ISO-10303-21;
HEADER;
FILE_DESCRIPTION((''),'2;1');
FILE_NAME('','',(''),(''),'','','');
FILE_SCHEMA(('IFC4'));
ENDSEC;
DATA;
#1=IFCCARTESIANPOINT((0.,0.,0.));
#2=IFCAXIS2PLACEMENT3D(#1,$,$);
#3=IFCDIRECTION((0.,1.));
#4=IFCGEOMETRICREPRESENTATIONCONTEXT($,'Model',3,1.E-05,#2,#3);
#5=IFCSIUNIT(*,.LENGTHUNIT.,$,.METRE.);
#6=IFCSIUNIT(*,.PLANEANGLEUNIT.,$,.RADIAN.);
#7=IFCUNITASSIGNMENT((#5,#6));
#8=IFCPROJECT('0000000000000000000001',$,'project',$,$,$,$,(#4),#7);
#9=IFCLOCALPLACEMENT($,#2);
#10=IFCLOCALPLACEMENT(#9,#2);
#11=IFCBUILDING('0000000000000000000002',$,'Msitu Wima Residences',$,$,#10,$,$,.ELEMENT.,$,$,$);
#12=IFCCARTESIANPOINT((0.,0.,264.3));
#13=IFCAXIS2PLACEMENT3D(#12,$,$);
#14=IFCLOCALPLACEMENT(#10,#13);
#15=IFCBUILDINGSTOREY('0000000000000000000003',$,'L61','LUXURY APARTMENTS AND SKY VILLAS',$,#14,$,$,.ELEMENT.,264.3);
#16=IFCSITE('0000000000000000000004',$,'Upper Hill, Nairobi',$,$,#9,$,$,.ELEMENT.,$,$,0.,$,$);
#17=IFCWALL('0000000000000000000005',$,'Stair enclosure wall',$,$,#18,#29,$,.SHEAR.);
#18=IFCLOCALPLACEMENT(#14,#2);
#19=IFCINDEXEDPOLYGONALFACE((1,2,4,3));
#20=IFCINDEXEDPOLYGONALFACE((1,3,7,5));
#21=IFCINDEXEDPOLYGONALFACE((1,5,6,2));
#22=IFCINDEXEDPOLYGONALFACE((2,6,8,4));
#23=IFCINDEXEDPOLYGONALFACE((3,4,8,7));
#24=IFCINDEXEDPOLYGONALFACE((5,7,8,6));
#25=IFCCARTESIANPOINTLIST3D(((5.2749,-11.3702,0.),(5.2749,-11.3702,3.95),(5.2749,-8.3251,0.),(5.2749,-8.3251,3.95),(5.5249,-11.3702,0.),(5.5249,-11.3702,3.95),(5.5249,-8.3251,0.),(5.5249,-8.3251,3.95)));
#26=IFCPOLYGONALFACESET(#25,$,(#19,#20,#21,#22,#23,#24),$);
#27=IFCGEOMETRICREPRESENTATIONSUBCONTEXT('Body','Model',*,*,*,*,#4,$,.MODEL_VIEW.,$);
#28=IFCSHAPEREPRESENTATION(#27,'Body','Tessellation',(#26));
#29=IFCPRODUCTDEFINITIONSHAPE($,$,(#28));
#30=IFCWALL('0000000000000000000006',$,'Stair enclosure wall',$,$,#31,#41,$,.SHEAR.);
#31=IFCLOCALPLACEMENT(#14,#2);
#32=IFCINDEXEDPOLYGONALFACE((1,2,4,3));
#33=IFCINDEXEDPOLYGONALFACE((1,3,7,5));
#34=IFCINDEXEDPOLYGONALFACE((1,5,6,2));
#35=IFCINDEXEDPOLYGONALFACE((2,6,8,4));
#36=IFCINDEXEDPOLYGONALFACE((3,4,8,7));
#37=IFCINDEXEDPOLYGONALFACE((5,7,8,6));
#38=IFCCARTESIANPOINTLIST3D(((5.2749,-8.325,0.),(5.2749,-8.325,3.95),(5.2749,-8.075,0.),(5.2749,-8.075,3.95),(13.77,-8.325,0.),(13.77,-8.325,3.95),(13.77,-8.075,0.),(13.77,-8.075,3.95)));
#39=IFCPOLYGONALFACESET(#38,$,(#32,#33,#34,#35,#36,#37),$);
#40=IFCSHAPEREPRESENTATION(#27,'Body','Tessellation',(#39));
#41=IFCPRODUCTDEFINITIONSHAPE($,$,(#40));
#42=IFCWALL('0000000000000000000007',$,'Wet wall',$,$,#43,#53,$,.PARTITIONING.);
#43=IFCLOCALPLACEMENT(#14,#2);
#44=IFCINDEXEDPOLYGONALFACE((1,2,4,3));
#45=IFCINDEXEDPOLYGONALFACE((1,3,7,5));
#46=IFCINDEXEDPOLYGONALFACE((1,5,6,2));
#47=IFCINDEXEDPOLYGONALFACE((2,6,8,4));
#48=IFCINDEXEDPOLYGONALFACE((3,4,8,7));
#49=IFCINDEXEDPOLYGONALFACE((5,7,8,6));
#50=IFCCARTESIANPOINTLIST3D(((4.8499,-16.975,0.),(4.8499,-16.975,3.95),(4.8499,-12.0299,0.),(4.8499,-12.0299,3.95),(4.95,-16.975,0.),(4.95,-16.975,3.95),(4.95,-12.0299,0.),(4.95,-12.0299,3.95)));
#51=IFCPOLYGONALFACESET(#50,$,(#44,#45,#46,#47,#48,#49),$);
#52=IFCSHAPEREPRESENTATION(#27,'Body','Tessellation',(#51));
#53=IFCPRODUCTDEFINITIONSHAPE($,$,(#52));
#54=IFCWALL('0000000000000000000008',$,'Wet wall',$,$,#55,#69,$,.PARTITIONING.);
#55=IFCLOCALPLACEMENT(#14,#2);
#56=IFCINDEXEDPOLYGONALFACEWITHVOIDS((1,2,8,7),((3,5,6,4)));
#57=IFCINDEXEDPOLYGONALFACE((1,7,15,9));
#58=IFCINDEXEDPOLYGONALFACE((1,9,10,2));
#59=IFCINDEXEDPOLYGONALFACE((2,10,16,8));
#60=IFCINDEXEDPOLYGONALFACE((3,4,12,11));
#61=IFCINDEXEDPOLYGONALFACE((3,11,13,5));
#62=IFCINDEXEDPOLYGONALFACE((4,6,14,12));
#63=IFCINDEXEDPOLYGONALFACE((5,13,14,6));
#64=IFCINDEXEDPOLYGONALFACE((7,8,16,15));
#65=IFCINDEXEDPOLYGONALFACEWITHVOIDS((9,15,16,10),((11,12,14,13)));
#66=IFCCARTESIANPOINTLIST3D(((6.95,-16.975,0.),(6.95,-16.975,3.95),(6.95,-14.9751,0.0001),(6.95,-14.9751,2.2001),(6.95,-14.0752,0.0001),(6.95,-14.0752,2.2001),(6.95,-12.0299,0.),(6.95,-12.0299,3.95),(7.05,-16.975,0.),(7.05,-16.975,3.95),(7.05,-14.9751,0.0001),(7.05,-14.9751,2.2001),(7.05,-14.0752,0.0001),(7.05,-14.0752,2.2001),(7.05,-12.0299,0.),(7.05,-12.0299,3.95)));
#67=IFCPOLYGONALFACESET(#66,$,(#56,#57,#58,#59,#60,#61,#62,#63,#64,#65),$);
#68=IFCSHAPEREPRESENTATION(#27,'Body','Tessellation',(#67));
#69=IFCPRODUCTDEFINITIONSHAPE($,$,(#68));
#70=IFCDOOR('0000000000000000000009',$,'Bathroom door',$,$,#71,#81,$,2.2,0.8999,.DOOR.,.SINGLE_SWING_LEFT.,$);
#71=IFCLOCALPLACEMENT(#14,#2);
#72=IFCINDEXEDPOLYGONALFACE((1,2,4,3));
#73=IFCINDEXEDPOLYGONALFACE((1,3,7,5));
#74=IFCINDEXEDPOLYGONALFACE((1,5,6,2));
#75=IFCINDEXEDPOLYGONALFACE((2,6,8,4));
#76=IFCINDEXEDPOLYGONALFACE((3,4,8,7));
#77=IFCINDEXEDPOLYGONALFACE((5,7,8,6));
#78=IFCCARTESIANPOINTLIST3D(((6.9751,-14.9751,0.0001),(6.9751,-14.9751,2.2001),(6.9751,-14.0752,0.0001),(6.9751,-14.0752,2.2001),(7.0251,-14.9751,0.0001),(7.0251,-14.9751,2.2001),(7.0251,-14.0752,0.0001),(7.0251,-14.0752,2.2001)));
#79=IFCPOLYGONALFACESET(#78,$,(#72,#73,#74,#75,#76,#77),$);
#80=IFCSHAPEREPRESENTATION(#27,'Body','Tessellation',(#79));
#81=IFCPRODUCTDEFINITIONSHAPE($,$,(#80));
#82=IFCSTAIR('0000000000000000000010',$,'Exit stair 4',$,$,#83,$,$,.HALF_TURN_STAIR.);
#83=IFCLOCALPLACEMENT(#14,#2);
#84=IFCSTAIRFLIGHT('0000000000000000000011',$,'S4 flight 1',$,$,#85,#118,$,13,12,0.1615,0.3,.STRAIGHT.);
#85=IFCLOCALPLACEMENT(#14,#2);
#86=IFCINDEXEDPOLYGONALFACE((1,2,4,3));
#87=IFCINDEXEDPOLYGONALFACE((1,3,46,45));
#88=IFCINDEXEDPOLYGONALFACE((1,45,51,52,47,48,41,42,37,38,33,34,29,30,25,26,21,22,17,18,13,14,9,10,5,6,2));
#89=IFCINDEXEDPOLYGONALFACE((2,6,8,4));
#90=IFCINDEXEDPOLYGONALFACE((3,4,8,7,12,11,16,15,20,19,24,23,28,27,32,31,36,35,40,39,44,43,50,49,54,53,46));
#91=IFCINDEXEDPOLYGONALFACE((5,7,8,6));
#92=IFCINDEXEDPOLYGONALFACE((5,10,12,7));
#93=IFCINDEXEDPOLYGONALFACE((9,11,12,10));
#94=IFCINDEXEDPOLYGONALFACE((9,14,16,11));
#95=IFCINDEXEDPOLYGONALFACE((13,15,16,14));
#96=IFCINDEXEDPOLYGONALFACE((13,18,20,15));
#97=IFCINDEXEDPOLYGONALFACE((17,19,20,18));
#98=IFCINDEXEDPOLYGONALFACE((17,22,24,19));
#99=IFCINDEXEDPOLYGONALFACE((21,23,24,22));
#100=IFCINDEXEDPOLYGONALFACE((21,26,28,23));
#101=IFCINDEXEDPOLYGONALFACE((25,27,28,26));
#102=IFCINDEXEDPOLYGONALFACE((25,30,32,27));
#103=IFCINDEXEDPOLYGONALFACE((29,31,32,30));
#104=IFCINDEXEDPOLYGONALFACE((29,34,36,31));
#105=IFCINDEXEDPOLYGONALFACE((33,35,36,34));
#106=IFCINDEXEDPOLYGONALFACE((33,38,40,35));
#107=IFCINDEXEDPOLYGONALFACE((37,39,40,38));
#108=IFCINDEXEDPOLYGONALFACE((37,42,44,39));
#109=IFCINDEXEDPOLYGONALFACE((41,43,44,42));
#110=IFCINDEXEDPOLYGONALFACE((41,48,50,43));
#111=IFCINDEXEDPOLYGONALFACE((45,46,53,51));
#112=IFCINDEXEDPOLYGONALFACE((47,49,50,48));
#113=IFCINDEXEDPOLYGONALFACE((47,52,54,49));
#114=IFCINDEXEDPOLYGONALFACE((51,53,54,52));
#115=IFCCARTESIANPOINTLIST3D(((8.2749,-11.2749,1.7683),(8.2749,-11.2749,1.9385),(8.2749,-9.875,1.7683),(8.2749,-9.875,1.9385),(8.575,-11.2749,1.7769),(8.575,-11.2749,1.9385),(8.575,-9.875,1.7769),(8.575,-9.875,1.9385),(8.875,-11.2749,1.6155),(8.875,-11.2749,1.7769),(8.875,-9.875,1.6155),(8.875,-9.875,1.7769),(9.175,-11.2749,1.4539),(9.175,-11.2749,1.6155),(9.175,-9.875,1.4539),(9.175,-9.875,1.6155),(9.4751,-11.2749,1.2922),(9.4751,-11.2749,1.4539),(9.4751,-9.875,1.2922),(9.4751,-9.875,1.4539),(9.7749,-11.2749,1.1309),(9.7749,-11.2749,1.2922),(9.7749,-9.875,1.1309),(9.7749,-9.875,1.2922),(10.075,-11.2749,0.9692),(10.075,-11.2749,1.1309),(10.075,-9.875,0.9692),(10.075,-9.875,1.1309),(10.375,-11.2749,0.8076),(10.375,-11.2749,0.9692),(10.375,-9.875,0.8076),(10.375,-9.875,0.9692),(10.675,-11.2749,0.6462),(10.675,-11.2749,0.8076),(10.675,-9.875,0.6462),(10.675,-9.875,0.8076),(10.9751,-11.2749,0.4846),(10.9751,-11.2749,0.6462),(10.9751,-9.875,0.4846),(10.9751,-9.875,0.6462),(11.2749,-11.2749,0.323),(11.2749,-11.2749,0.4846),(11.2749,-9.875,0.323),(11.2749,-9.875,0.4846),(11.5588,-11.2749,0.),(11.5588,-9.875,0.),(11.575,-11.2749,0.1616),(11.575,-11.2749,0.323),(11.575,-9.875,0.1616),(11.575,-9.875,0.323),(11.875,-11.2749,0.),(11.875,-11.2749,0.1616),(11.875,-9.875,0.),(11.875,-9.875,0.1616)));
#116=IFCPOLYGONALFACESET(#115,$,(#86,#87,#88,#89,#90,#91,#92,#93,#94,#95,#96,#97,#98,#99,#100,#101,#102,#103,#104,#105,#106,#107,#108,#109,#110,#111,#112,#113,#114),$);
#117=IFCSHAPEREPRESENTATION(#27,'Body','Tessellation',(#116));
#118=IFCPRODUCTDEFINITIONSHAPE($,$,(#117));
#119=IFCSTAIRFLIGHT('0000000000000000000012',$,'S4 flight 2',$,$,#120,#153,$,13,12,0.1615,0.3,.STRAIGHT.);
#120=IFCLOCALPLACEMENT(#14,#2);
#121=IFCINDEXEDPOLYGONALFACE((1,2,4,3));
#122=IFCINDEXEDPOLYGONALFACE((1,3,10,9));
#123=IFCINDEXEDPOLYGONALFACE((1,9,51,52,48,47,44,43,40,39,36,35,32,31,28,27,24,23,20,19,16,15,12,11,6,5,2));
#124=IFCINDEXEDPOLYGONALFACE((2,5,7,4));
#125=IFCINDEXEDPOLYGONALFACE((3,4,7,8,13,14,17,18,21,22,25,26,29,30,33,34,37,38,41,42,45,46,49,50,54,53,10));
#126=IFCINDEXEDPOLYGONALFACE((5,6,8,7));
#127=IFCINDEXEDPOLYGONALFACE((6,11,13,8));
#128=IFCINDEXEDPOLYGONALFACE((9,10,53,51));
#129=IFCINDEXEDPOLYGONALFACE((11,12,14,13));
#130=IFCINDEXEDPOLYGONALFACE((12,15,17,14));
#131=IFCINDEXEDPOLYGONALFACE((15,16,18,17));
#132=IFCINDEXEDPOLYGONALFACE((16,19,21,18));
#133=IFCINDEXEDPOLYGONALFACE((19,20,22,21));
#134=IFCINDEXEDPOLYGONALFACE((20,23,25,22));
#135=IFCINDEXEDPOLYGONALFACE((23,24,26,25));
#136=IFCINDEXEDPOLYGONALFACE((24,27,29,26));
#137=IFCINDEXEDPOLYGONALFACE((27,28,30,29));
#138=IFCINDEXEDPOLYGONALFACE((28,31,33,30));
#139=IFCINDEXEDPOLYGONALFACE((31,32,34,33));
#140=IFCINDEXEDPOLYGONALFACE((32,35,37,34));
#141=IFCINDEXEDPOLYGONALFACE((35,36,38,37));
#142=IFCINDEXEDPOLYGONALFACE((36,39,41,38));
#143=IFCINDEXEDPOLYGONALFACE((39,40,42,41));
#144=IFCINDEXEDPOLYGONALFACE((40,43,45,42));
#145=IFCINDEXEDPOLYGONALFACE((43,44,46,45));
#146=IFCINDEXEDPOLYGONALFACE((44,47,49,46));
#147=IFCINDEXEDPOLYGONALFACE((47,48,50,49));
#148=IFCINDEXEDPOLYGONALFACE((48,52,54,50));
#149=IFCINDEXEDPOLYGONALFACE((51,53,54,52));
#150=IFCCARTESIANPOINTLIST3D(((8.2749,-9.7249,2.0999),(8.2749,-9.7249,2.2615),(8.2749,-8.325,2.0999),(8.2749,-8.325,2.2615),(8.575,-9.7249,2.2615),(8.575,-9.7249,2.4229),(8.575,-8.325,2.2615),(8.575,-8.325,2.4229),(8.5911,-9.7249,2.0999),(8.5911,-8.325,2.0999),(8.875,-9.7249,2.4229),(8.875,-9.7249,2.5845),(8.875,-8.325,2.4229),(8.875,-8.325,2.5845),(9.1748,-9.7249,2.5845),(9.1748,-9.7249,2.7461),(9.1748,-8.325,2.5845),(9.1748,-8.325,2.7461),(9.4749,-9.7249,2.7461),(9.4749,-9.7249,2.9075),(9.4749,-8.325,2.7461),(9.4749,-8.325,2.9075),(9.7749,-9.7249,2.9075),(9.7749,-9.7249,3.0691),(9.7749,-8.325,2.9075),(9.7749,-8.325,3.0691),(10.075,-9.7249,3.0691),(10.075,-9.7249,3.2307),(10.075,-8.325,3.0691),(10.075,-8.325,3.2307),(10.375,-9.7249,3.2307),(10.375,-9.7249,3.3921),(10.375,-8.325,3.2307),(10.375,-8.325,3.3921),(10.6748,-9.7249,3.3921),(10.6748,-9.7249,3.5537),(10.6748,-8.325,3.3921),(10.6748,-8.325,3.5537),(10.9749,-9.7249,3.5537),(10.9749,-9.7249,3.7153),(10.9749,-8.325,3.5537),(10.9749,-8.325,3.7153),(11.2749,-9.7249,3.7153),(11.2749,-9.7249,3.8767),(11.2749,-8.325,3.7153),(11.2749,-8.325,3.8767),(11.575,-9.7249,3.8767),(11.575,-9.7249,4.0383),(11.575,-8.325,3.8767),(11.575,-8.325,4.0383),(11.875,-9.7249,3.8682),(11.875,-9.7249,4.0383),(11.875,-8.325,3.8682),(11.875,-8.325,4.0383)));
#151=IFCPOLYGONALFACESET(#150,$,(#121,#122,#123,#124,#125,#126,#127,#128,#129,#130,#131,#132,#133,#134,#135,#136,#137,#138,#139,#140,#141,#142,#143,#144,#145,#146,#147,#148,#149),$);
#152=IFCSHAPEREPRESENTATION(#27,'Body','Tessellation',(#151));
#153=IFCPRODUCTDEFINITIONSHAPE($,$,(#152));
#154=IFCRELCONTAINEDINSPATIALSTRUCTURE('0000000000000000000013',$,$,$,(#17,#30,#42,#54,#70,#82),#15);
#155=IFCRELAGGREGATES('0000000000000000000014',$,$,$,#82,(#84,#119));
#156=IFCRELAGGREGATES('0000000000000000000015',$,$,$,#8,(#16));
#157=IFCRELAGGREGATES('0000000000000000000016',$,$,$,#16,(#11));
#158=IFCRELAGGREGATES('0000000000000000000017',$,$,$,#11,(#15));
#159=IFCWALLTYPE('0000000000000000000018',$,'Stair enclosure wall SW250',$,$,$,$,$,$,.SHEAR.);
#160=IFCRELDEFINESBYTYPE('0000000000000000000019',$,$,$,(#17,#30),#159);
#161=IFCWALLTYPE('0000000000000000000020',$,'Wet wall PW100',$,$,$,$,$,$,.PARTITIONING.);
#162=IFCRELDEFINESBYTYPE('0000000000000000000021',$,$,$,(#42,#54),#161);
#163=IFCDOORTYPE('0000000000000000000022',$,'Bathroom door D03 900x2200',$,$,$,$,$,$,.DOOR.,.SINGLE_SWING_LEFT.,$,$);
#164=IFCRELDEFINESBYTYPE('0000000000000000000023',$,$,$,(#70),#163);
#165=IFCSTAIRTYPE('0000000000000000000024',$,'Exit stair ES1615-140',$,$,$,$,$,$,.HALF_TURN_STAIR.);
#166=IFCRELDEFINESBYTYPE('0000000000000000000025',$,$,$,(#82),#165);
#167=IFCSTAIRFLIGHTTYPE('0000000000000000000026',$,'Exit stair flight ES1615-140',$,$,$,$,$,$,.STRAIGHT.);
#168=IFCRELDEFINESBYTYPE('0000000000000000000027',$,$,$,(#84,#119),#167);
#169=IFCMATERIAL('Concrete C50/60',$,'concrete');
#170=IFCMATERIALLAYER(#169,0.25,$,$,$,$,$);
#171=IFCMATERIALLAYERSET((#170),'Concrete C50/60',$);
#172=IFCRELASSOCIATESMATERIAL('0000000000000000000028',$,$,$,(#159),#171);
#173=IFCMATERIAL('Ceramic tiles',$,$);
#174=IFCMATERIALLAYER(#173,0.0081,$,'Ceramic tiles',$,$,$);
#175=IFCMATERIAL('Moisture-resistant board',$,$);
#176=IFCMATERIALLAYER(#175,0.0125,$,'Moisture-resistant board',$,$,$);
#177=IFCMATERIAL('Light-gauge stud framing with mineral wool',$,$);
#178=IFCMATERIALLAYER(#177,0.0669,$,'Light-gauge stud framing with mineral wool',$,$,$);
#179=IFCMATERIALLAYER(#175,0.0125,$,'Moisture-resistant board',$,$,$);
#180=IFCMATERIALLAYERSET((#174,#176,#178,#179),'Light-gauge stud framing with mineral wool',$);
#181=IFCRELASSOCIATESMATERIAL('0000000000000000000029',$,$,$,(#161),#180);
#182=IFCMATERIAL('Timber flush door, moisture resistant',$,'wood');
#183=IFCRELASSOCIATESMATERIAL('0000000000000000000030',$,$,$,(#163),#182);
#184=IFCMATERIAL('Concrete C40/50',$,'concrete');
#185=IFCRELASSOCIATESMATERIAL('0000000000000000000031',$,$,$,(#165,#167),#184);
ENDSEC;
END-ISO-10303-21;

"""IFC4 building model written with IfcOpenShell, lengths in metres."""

from ifc_helpers import new_model, si_unit, direction, frame, frame_2d, origin, place, context, subcontext, project, spatial, polyline, rectangle, outline, extrude, material, layer, layer_set, type_object, element, fill, aggregate, save


model = new_model("IFC4")

# Units and contexts
model_context = context("Model", 3, precision=1e-05, world=origin(), true_north=direction((0.0, 1.0)))
body_context = subcontext(model_context, "Body", "Model", "MODEL_VIEW")
ifc_project = project(units=[si_unit("LENGTHUNIT", "METRE"), si_unit("PLANEANGLEUNIT", "RADIAN")], contexts=[model_context])

# Site, building, storey
site_placement = place(None, origin())
site = spatial("IfcSite", under=ifc_project, at=site_placement, Name="Upper Hill, Nairobi", CompositionType="ELEMENT", RefElevation=0.0)
building_placement = place(site_placement, origin())
building = spatial("IfcBuilding", under=site, at=building_placement, Name="Msitu Wima Residences", CompositionType="ELEMENT")
storey_placement = place(building_placement, frame((0.0, 0.0, 264.3)))
storey = spatial("IfcBuildingStorey", under=building, at=storey_placement, Name="L61", Description="LUXURY APARTMENTS AND SKY VILLAS", CompositionType="ELEMENT", Elevation=264.3)

# Shared definitions
ifc_material_1 = material(Name="Concrete C40/50", Category="concrete")

# Walls
ifc_material_2 = material(Name="Light-gauge stud framing with mineral wool")
ifc_material_3 = material(Name="Concrete C50/60", Category="concrete")
ifc_layer_1 = layer(ifc_material_3, 0.25)
ifc_layer_set_1 = layer_set([ifc_layer_1], Name="Concrete C50/60")
wall_type_1 = type_object("IfcWallType", Name="Stair enclosure wall SW250", PredefinedType="SHEAR", material=ifc_layer_set_1)
wall_1_placement = place(storey_placement, frame((5.3999, -11.3701, 0.0), z_axis=(0.0, 0.0, 1.0), x_axis=(0.0, 1.0, 0.0)))
element("IfcWall", 1, at=wall_1_placement, inside=storey, type_object=wall_type_1, Name="Stair enclosure wall", PredefinedType="SHEAR", context=body_context, shape_type="SweptSolid", body=[
    extrude(rectangle(XDim=3.0452, YDim=0.25, at=frame_2d((1.5225, 0.0))), origin(), (0.0, 0.0, 1.0), 3.95),
])
wall_2_placement = place(storey_placement, frame((5.2749, -8.2, 0.0), z_axis=(0.0, 0.0, 1.0), x_axis=(1.0, 0.0, 0.0)))
element("IfcWall", 2, at=wall_2_placement, inside=storey, type_object=wall_type_1, Name="Stair enclosure wall", PredefinedType="SHEAR", context=body_context, shape_type="SweptSolid", body=[
    extrude(rectangle(XDim=8.4951, YDim=0.25, at=frame_2d((4.2476, 0.0))), origin(), (0.0, 0.0, 1.0), 3.95),
])
ifc_material_4 = material(Name="Ceramic tiles")
ifc_layer_2 = layer(ifc_material_4, 0.0081, Name="Ceramic tiles")
ifc_material_5 = material(Name="Moisture-resistant board")
ifc_layer_3 = layer(ifc_material_5, 0.0125, Name="Moisture-resistant board")
ifc_layer_4 = layer(ifc_material_2, 0.0669, Name="Light-gauge stud framing with mineral wool")
ifc_layer_5 = layer(ifc_material_5, 0.0125, Name="Moisture-resistant board")
ifc_layer_set_2 = layer_set([ifc_layer_2, ifc_layer_3, ifc_layer_4, ifc_layer_5], Name="Light-gauge stud framing with mineral wool")
wall_type_2 = type_object("IfcWallType", Name="Wet wall PW100", PredefinedType="PARTITIONING", material=ifc_layer_set_2)
wall_3_placement = place(storey_placement, frame((4.8999, -16.9751, 0.0), z_axis=(0.0, 0.0, 1.0), x_axis=(0.0, 1.0, 0.0)))
element("IfcWall", 3, at=wall_3_placement, inside=storey, type_object=wall_type_2, Name="Wet wall", PredefinedType="PARTITIONING", context=body_context, shape_type="SweptSolid", body=[
    extrude(rectangle(XDim=4.9451, YDim=0.1001, at=frame_2d((2.4727, 0.0))), origin(), (0.0, 0.0, 1.0), 3.95),
])

# Wall, opening, door
wall_4_placement = place(storey_placement, frame((7.0, -16.9751, 0.0), z_axis=(0.0, 0.0, 1.0), x_axis=(0.0, 1.0, 0.0)))
wall_4 = element("IfcWall", 4, at=wall_4_placement, inside=storey, type_object=wall_type_2, Name="Wet wall", PredefinedType="PARTITIONING", context=body_context, shape_type="SweptSolid", body=[
    extrude(rectangle(XDim=4.9451, YDim=0.1001, at=frame_2d((2.4727, 0.0))), origin(), (0.0, 0.0, 1.0), 3.95),
])
opening_1_placement = place(wall_4_placement, frame((2.0, 0.0, 0.0)))
opening_1 = element("IfcOpeningElement", 5, at=opening_1_placement, cuts=wall_4, PredefinedType="OPENING", context=body_context, shape_type="SweptSolid", body=[
    extrude(rectangle(XDim=0.8999, YDim=2.2, at=frame_2d((0.45, 1.1001))), frame((0.0, 0.0601, 0.0), z_axis=(0.0, -1.0, 0.0), x_axis=(1.0, 0.0, 0.0)), (0.0, 0.0, 1.0), 0.1201),
])
ifc_material_6 = material(Name="Timber flush door, moisture resistant", Category="wood")
door_type_1 = type_object("IfcDoorType", Name="Bathroom door D03 900x2200", OperationType="SINGLE_SWING_LEFT", PredefinedType="DOOR", material=ifc_material_6)
door_1_placement = place(opening_1_placement, origin())
door_1 = element("IfcDoor", 6, at=door_1_placement, inside=storey, type_object=door_type_1, Name="Bathroom door", OperationType="SINGLE_SWING_LEFT", OverallHeight=2.2, OverallWidth=0.8999, PredefinedType="DOOR", context=body_context, shape_type="SweptSolid", body=[
    extrude(rectangle(XDim=0.8999, YDim=2.2, at=frame_2d((0.45, 1.1001))), frame((0.0, 0.0249, 0.0), z_axis=(0.0, -1.0, 0.0), x_axis=(1.0, 0.0, 0.0)), (0.0, 0.0, 1.0), 0.05),
])
fill(opening_1, door_1)

# Stair, stair flights
stair_type = type_object("IfcStairType", Name="Exit stair ES1615-140", PredefinedType="HALF_TURN_STAIR", material=ifc_material_1)
stair_placement = place(storey_placement, origin())
stair = element("IfcStair", 7, at=stair_placement, inside=storey, type_object=stair_type, Name="Exit stair 4", PredefinedType="HALF_TURN_STAIR")
stair_flight_type = type_object("IfcStairFlightType", Name="Exit stair flight ES1615-140", PredefinedType="STRAIGHT", material=ifc_material_1)
stair_flight_1_placement = place(storey_placement, frame((11.875, -10.575, 0.0), z_axis=(0.0, 0.0, 1.0), x_axis=(-1.0, 0.0, 0.0)))
stair_flight_1 = element("IfcStairFlight", 8, at=stair_flight_1_placement, type_object=stair_flight_type, Name="S4 flight 1", NumberOfRisers=13, NumberOfTreads=12, PredefinedType="STRAIGHT", RiserHeight=0.1615, TreadLength=0.3, context=body_context, shape_type="SweptSolid", body=[
    extrude(outline(polyline([(0.0, 0.0), (0.0, 0.1616), (0.3, 0.1616), (0.3, 0.323), (0.6001, 0.323), (0.6001, 0.4846), (0.8999, 0.4846), (0.8999, 0.6462), (1.2, 0.6462), (1.2, 0.8076), (1.5, 0.8076), (1.5, 0.9692), (1.8, 0.9692), (1.8, 1.1309), (2.1001, 1.1309), (2.1001, 1.2922), (2.3999, 1.2922), (2.3999, 1.4539), (2.7, 1.4539), (2.7, 1.6155), (3.0, 1.6155), (3.0, 1.7769), (3.3, 1.7769), (3.3, 1.9385), (3.6001, 1.9385), (3.6001, 2.1001), (3.6001, 1.7683), (0.3162, 0.0), (0.0, 0.0)])), frame((0.0, 0.7, 0.0), z_axis=(0.0, -1.0, 0.0), x_axis=(1.0, 0.0, 0.0)), (0.0, 0.0, 1.0), 1.3999),
])
stair_flight_2_placement = place(storey_placement, frame((8.2749, -9.0249, 2.0999), z_axis=(0.0, 0.0, 1.0), x_axis=(1.0, 0.0, 0.0)))
stair_flight_2 = element("IfcStairFlight", 9, at=stair_flight_2_placement, type_object=stair_flight_type, Name="S4 flight 2", NumberOfRisers=13, NumberOfTreads=12, PredefinedType="STRAIGHT", RiserHeight=0.1615, TreadLength=0.3, context=body_context, shape_type="SweptSolid", body=[
    extrude(outline(polyline([(0.0, 0.0), (0.0, 0.1616), (0.3, 0.1616), (0.3, 0.323), (0.6001, 0.323), (0.6001, 0.4846), (0.8999, 0.4846), (0.8999, 0.6462), (1.2, 0.6462), (1.2, 0.8076), (1.5, 0.8076), (1.5, 0.9692), (1.8, 0.9692), (1.8, 1.1309), (2.1001, 1.1309), (2.1001, 1.2922), (2.3999, 1.2922), (2.3999, 1.4539), (2.7, 1.4539), (2.7, 1.6155), (3.0, 1.6155), (3.0, 1.7769), (3.3, 1.7769), (3.3, 1.9385), (3.6001, 1.9385), (3.6001, 2.1001), (3.6001, 1.7683), (0.3162, 0.0), (0.0, 0.0)])), frame((0.0, 0.7, 0.0), z_axis=(0.0, -1.0, 0.0), x_axis=(1.0, 0.0, 0.0)), (0.0, 0.0, 1.0), 1.3999),
])
aggregate(stair, [stair_flight_1, stair_flight_2])

save(model, "model.ifc")
